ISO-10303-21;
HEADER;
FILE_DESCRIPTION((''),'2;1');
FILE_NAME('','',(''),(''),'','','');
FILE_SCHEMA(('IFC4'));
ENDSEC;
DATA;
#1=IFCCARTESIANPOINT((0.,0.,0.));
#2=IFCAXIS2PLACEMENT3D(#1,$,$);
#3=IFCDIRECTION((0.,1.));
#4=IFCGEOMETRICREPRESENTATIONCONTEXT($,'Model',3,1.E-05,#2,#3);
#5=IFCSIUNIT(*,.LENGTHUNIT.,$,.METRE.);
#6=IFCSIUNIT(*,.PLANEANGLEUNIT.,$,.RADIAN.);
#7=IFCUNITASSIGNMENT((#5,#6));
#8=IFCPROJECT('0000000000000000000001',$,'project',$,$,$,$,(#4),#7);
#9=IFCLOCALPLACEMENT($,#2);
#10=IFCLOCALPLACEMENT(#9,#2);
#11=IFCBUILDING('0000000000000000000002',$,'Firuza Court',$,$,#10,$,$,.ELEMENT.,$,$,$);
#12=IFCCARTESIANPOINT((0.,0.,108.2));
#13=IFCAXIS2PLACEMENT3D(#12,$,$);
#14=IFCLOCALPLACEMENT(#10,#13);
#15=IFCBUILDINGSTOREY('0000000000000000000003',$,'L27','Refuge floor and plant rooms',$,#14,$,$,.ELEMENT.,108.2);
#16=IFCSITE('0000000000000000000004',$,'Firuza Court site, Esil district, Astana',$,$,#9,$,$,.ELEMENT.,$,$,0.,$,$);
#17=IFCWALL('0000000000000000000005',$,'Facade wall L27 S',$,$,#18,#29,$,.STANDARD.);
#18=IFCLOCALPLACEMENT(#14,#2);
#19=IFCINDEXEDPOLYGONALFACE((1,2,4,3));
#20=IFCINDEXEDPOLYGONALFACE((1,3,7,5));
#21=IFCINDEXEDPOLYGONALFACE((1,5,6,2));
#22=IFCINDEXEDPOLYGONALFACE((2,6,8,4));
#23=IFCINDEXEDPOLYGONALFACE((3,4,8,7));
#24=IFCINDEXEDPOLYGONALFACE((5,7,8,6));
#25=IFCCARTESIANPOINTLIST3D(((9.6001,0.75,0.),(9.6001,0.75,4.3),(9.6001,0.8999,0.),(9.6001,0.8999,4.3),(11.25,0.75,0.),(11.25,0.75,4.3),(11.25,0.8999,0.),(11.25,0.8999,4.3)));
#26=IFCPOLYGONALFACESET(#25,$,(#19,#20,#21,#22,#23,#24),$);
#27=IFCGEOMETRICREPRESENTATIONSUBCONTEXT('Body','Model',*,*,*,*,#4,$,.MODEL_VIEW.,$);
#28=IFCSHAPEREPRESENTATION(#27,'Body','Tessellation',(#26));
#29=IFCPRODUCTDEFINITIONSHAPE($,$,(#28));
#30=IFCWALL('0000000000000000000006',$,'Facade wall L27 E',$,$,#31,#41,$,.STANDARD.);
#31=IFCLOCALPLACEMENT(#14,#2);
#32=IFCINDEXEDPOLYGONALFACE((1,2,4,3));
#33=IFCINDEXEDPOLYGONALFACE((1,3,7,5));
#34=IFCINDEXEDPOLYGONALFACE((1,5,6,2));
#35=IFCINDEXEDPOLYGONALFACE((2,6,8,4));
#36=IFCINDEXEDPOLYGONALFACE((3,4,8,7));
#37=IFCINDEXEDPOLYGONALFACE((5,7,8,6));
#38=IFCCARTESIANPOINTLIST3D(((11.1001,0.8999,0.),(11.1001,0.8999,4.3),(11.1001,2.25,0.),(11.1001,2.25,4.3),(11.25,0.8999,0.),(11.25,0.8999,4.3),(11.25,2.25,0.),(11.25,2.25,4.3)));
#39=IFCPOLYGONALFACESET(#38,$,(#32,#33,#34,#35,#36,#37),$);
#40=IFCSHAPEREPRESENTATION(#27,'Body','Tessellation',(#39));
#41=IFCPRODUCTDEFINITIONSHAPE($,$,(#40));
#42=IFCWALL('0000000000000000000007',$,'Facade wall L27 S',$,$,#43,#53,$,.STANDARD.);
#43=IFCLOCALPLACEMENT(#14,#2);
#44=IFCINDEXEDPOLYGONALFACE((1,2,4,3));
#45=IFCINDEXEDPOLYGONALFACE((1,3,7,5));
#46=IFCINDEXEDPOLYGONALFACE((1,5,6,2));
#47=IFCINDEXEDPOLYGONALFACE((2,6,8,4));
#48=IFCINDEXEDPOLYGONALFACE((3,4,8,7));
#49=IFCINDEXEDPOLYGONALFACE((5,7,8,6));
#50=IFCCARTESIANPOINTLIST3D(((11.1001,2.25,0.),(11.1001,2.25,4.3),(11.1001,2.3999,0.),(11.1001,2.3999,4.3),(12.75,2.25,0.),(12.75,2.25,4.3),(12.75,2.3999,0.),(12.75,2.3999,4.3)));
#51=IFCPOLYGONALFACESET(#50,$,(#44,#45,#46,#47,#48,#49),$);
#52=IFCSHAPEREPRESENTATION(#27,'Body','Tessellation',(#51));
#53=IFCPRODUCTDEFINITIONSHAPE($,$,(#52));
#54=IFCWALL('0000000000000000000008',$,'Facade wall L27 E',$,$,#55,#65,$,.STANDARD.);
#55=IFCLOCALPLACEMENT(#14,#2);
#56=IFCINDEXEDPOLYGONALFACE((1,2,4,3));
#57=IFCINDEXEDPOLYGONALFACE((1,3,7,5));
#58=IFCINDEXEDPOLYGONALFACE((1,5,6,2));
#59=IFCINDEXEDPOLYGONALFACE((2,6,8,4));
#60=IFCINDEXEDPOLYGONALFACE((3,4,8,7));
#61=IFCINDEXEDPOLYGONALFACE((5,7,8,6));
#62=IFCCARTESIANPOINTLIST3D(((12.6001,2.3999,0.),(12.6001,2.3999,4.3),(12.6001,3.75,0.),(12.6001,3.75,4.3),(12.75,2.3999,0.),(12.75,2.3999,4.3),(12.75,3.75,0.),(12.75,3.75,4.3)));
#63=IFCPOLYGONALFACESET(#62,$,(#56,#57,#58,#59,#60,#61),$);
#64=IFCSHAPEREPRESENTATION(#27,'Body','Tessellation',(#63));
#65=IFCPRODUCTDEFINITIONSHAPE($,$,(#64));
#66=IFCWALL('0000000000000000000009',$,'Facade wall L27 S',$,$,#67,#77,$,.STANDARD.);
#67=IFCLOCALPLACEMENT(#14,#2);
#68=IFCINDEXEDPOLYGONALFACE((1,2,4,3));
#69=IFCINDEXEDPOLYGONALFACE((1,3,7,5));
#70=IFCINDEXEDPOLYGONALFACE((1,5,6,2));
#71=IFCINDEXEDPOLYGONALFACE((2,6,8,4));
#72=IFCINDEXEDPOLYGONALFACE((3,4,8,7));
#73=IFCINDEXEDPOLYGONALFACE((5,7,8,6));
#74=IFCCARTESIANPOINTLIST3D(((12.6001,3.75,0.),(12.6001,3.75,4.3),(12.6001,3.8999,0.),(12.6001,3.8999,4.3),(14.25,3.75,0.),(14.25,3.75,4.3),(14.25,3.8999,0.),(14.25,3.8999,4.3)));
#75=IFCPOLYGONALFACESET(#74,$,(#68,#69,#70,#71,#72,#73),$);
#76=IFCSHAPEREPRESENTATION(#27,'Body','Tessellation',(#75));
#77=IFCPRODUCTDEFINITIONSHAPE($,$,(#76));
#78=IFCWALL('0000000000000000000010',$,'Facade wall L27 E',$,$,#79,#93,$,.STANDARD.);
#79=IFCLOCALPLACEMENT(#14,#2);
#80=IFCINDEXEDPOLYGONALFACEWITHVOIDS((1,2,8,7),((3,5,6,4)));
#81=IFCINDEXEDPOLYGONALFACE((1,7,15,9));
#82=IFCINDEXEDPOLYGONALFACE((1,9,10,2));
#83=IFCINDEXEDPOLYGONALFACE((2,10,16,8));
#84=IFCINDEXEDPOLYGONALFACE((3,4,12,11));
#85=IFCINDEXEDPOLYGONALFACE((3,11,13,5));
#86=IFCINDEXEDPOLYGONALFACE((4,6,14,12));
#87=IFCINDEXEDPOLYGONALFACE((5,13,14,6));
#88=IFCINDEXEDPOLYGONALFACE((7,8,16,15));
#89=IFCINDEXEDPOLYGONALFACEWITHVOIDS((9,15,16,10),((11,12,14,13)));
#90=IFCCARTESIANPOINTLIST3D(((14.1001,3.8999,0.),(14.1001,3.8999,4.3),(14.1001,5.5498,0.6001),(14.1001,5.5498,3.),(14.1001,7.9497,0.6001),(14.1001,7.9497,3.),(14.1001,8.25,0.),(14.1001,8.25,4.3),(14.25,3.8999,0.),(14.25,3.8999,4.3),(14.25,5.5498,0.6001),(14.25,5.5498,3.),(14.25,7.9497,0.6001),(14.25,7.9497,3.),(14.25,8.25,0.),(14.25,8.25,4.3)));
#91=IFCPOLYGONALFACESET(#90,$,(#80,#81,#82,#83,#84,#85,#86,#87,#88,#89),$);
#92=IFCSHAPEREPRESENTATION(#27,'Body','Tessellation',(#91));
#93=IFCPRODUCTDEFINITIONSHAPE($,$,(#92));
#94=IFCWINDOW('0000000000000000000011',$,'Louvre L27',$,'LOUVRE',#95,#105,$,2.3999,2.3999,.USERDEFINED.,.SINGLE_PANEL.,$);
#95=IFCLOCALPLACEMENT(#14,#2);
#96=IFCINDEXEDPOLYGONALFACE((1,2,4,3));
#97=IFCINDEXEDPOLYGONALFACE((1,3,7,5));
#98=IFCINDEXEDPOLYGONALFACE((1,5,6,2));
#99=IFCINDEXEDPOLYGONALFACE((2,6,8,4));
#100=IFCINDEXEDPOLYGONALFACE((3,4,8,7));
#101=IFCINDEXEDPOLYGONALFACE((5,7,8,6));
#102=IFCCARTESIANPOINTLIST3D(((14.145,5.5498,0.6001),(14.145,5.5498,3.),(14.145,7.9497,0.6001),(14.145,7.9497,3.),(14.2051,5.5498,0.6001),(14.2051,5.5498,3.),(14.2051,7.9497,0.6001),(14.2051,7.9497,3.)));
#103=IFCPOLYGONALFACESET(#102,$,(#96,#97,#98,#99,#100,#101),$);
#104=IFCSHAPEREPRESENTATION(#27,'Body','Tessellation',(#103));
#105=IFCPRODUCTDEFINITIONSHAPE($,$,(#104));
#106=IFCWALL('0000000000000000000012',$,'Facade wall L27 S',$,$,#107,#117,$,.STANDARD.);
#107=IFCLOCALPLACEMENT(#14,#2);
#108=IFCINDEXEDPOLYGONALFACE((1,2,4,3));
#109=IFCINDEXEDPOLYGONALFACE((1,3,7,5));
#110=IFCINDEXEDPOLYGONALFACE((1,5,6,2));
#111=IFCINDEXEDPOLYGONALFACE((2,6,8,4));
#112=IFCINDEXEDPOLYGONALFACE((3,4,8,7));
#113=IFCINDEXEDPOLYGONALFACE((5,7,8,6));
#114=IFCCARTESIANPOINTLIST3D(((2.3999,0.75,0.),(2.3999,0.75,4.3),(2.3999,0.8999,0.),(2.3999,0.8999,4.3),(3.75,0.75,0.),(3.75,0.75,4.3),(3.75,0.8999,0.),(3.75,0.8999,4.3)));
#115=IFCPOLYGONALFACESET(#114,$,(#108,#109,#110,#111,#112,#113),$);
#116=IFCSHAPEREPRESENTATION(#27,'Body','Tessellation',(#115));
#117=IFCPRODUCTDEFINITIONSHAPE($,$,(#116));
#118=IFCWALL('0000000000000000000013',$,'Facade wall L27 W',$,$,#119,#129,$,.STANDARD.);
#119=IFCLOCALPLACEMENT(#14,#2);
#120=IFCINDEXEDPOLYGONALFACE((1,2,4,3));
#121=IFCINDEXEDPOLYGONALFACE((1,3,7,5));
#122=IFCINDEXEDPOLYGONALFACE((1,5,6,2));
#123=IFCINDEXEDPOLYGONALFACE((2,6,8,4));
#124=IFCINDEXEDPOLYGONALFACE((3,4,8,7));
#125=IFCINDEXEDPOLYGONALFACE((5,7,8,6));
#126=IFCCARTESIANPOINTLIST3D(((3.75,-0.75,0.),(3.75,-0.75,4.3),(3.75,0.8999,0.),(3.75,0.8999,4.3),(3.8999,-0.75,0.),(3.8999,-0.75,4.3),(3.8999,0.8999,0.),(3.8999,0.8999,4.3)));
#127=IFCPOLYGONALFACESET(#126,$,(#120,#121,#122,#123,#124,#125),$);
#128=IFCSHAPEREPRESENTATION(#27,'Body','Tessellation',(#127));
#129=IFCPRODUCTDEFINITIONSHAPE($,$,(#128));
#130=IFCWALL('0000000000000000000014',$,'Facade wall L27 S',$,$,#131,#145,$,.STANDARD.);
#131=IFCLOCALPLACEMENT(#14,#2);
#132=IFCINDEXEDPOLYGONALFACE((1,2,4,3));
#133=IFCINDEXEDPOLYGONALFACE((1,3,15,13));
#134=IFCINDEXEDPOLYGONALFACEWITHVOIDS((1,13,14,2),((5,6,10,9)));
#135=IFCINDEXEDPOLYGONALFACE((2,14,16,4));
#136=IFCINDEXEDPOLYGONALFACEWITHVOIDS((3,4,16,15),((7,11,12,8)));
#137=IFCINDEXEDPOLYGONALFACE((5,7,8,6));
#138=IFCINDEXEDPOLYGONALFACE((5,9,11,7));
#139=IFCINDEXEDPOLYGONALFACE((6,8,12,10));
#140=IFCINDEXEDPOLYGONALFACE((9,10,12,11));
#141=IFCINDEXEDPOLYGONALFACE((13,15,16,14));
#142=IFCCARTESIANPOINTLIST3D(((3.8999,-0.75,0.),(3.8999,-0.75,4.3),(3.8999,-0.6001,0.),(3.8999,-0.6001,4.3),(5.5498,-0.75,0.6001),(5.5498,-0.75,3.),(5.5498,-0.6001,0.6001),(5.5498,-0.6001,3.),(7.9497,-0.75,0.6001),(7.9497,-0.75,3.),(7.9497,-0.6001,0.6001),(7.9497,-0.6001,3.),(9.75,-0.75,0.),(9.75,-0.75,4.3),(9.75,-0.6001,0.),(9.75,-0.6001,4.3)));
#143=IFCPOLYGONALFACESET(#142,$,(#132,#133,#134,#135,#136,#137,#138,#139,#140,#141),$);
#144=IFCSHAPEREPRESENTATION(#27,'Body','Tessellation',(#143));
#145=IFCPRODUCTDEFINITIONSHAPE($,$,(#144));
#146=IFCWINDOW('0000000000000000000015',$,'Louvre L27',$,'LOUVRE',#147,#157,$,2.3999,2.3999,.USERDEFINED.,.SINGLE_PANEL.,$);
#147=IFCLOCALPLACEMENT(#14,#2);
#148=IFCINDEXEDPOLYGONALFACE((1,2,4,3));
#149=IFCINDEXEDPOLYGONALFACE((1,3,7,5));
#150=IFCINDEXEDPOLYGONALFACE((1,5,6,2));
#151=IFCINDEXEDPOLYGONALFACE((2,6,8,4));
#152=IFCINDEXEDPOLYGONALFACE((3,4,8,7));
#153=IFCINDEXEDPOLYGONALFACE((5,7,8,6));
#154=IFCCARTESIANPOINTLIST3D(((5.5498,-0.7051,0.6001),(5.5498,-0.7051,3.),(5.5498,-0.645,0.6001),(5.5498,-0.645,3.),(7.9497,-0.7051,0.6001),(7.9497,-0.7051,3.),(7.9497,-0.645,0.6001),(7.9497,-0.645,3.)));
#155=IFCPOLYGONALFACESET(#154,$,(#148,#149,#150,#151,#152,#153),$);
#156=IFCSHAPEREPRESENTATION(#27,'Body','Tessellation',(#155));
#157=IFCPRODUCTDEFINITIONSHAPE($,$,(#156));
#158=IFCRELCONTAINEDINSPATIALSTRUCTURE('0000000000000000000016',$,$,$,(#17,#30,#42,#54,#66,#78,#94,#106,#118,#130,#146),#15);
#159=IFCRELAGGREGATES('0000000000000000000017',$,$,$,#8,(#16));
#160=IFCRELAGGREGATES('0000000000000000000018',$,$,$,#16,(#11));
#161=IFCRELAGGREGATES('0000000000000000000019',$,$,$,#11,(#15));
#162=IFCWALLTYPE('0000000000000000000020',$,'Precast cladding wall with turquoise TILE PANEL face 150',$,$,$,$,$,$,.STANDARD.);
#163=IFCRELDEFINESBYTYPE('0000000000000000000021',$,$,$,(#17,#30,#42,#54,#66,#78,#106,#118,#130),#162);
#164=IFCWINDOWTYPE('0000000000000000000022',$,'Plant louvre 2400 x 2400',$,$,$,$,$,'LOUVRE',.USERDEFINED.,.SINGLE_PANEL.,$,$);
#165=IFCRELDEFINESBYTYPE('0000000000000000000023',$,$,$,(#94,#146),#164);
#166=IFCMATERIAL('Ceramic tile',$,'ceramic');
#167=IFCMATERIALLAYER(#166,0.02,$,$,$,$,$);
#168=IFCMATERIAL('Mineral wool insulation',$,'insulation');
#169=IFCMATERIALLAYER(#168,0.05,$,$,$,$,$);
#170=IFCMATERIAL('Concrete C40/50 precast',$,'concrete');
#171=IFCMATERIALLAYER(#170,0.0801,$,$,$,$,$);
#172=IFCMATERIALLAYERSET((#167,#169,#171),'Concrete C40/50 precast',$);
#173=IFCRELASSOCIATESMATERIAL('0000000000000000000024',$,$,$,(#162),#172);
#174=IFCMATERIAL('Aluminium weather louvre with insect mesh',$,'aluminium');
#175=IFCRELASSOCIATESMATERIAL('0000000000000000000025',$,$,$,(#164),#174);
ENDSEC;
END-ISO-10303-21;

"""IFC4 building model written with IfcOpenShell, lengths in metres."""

from ifc_helpers import new_model, si_unit, direction, frame, frame_2d, origin, place, context, subcontext, project, spatial, rectangle, extrude, material, layer, layer_set, type_object, element, fill, save


model = new_model("IFC4")

# Units and contexts
model_context = context("Model", 3, precision=1e-05, world=origin(), true_north=direction((0.0, 1.0)))
body_context = subcontext(model_context, "Body", "Model", "MODEL_VIEW")
ifc_project = project(units=[si_unit("LENGTHUNIT", "METRE"), si_unit("PLANEANGLEUNIT", "RADIAN")], contexts=[model_context])

# Site, building, storey
site_placement = place(None, origin())
site = spatial("IfcSite", under=ifc_project, at=site_placement, Name="Firuza Court site, Esil district, Astana", CompositionType="ELEMENT", RefElevation=0.0)
building_placement = place(site_placement, origin())
building = spatial("IfcBuilding", under=site, at=building_placement, Name="Firuza Court", CompositionType="ELEMENT")
storey_placement = place(building_placement, frame((0.0, 0.0, 108.2)))
storey = spatial("IfcBuildingStorey", under=building, at=storey_placement, Name="L27", Description="Refuge floor and plant rooms", CompositionType="ELEMENT", Elevation=108.2)

# Walls
ifc_material_1 = material(Name="Ceramic tile", Category="ceramic")
ifc_layer_1 = layer(ifc_material_1, 0.02)
ifc_material_2 = material(Name="Mineral wool insulation", Category="insulation")
ifc_layer_2 = layer(ifc_material_2, 0.05)
ifc_material_3 = material(Name="Concrete C40/50 precast", Category="concrete")
ifc_layer_3 = layer(ifc_material_3, 0.0801)
ifc_layer_set_1 = layer_set([ifc_layer_1, ifc_layer_2, ifc_layer_3], Name="Concrete C40/50 precast")
wall_type_1 = type_object("IfcWallType", Name="Precast cladding wall with turquoise TILE PANEL face 150", PredefinedType="STANDARD", material=ifc_layer_set_1)
wall_1_placement = place(storey_placement, frame((9.6001, 0.825, 0.0), z_axis=(0.0, 0.0, 1.0), x_axis=(1.0, 0.0, 0.0)))
element("IfcWall", 1, at=wall_1_placement, inside=storey, type_object=wall_type_1, Name="Facade wall L27 S", PredefinedType="STANDARD", context=body_context, shape_type="SweptSolid", body=[
    extrude(rectangle(XDim=1.6499, YDim=0.1499, at=frame_2d((0.825, 0.0))), origin(), (0.0, 0.0, 1.0), 4.3),
])
wall_2_placement = place(storey_placement, frame((11.175, 0.8999, 0.0), z_axis=(0.0, 0.0, 1.0), x_axis=(0.0, 1.0, 0.0)))
element("IfcWall", 2, at=wall_2_placement, inside=storey, type_object=wall_type_1, Name="Facade wall L27 E", PredefinedType="STANDARD", context=body_context, shape_type="SweptSolid", body=[
    extrude(rectangle(XDim=1.3501, YDim=0.1499, at=frame_2d((0.675, 0.0))), origin(), (0.0, 0.0, 1.0), 4.3),
])
wall_3_placement = place(storey_placement, frame((11.1001, 2.325, 0.0), z_axis=(0.0, 0.0, 1.0), x_axis=(1.0, 0.0, 0.0)))
element("IfcWall", 3, at=wall_3_placement, inside=storey, type_object=wall_type_1, Name="Facade wall L27 S", PredefinedType="STANDARD", context=body_context, shape_type="SweptSolid", body=[
    extrude(rectangle(XDim=1.6499, YDim=0.1499, at=frame_2d((0.825, 0.0))), origin(), (0.0, 0.0, 1.0), 4.3),
])
wall_4_placement = place(storey_placement, frame((12.675, 2.3999, 0.0), z_axis=(0.0, 0.0, 1.0), x_axis=(0.0, 1.0, 0.0)))
element("IfcWall", 4, at=wall_4_placement, inside=storey, type_object=wall_type_1, Name="Facade wall L27 E", PredefinedType="STANDARD", context=body_context, shape_type="SweptSolid", body=[
    extrude(rectangle(XDim=1.3501, YDim=0.1499, at=frame_2d((0.675, 0.0))), origin(), (0.0, 0.0, 1.0), 4.3),
])
wall_5_placement = place(storey_placement, frame((12.6001, 3.825, 0.0), z_axis=(0.0, 0.0, 1.0), x_axis=(1.0, 0.0, 0.0)))
element("IfcWall", 5, at=wall_5_placement, inside=storey, type_object=wall_type_1, Name="Facade wall L27 S", PredefinedType="STANDARD", context=body_context, shape_type="SweptSolid", body=[
    extrude(rectangle(XDim=1.6499, YDim=0.1499, at=frame_2d((0.825, 0.0))), origin(), (0.0, 0.0, 1.0), 4.3),
])

# Wall, opening, window
wall_6_placement = place(storey_placement, frame((14.175, 3.8999, 0.0), z_axis=(0.0, 0.0, 1.0), x_axis=(0.0, 1.0, 0.0)))
wall_6 = element("IfcWall", 6, at=wall_6_placement, inside=storey, type_object=wall_type_1, Name="Facade wall L27 E", PredefinedType="STANDARD", context=body_context, shape_type="SweptSolid", body=[
    extrude(rectangle(XDim=4.3501, YDim=0.1499, at=frame_2d((2.175, 0.0))), origin(), (0.0, 0.0, 1.0), 4.3),
])
opening_1_placement = place(wall_6_placement, frame((1.6499, 0.0, 0.6001)))
opening_1 = element("IfcOpeningElement", 7, at=opening_1_placement, cuts=wall_6, PredefinedType="OPENING", context=body_context, shape_type="SweptSolid", body=[
    extrude(rectangle(XDim=2.3999, YDim=2.3999, at=frame_2d((1.2, 1.2))), frame((0.0, 0.0869, 0.0), z_axis=(0.0, -1.0, 0.0), x_axis=(1.0, 0.0, 0.0)), (0.0, 0.0, 1.0), 0.1738),
])
ifc_material_4 = material(Name="Aluminium weather louvre with insect mesh", Category="aluminium")
window_type = type_object("IfcWindowType", Name="Plant louvre 2400 x 2400", ElementType="LOUVRE", PartitioningType="SINGLE_PANEL", PredefinedType="USERDEFINED", material=ifc_material_4)
window_1_placement = place(opening_1_placement, origin())
window_1 = element("IfcWindow", 8, at=window_1_placement, inside=storey, type_object=window_type, Name="Louvre L27", ObjectType="LOUVRE", OverallHeight=2.3999, OverallWidth=2.3999, PartitioningType="SINGLE_PANEL", PredefinedType="USERDEFINED", context=body_context, shape_type="SweptSolid", body=[
    extrude(rectangle(XDim=2.3999, YDim=2.3999, at=frame_2d((1.2, 1.2))), frame((0.0, 0.03, 0.0), z_axis=(0.0, -1.0, 0.0), x_axis=(1.0, 0.0, 0.0)), (0.0, 0.0, 1.0), 0.0601),
])
fill(opening_1, window_1)

# Walls
wall_7_placement = place(storey_placement, frame((2.3999, 0.825, 0.0), z_axis=(0.0, 0.0, 1.0), x_axis=(1.0, 0.0, 0.0)))
element("IfcWall", 9, at=wall_7_placement, inside=storey, type_object=wall_type_1, Name="Facade wall L27 S", PredefinedType="STANDARD", context=body_context, shape_type="SweptSolid", body=[
    extrude(rectangle(XDim=1.3501, YDim=0.1499, at=frame_2d((0.675, 0.0))), origin(), (0.0, 0.0, 1.0), 4.3),
])
wall_8_placement = place(storey_placement, frame((3.825, 0.8999, 0.0), z_axis=(0.0, 0.0, 1.0), x_axis=(0.0, -1.0, 0.0)))
element("IfcWall", 10, at=wall_8_placement, inside=storey, type_object=wall_type_1, Name="Facade wall L27 W", PredefinedType="STANDARD", context=body_context, shape_type="SweptSolid", body=[
    extrude(rectangle(XDim=1.6499, YDim=0.1499, at=frame_2d((0.825, 0.0))), origin(), (0.0, 0.0, 1.0), 4.3),
])

# Wall, opening, window
wall_9_placement = place(storey_placement, frame((3.8999, -0.675, 0.0), z_axis=(0.0, 0.0, 1.0), x_axis=(1.0, 0.0, 0.0)))
wall_9 = element("IfcWall", 11, at=wall_9_placement, inside=storey, type_object=wall_type_1, Name="Facade wall L27 S", PredefinedType="STANDARD", context=body_context, shape_type="SweptSolid", body=[
    extrude(rectangle(XDim=5.8501, YDim=0.1499, at=frame_2d((2.925, 0.0))), origin(), (0.0, 0.0, 1.0), 4.3),
])
opening_2_placement = place(wall_9_placement, frame((1.6499, 0.0, 0.6001)))
opening_2 = element("IfcOpeningElement", 12, at=opening_2_placement, cuts=wall_9, PredefinedType="OPENING", context=body_context, shape_type="SweptSolid", body=[
    extrude(rectangle(XDim=2.3999, YDim=2.3999, at=frame_2d((1.2, 1.2))), frame((0.0, 0.0869, 0.0), z_axis=(0.0, -1.0, 0.0), x_axis=(1.0, 0.0, 0.0)), (0.0, 0.0, 1.0), 0.1738),
])
window_2_placement = place(opening_2_placement, origin())
window_2 = element("IfcWindow", 13, at=window_2_placement, inside=storey, type_object=window_type, Name="Louvre L27", ObjectType="LOUVRE", OverallHeight=2.3999, OverallWidth=2.3999, PartitioningType="SINGLE_PANEL", PredefinedType="USERDEFINED", context=body_context, shape_type="SweptSolid", body=[
    extrude(rectangle(XDim=2.3999, YDim=2.3999, at=frame_2d((1.2, 1.2))), frame((0.0, 0.03, 0.0), z_axis=(0.0, -1.0, 0.0), x_axis=(1.0, 0.0, 0.0)), (0.0, 0.0, 1.0), 0.0601),
])
fill(opening_2, window_2)

save(model, "model.ifc")
